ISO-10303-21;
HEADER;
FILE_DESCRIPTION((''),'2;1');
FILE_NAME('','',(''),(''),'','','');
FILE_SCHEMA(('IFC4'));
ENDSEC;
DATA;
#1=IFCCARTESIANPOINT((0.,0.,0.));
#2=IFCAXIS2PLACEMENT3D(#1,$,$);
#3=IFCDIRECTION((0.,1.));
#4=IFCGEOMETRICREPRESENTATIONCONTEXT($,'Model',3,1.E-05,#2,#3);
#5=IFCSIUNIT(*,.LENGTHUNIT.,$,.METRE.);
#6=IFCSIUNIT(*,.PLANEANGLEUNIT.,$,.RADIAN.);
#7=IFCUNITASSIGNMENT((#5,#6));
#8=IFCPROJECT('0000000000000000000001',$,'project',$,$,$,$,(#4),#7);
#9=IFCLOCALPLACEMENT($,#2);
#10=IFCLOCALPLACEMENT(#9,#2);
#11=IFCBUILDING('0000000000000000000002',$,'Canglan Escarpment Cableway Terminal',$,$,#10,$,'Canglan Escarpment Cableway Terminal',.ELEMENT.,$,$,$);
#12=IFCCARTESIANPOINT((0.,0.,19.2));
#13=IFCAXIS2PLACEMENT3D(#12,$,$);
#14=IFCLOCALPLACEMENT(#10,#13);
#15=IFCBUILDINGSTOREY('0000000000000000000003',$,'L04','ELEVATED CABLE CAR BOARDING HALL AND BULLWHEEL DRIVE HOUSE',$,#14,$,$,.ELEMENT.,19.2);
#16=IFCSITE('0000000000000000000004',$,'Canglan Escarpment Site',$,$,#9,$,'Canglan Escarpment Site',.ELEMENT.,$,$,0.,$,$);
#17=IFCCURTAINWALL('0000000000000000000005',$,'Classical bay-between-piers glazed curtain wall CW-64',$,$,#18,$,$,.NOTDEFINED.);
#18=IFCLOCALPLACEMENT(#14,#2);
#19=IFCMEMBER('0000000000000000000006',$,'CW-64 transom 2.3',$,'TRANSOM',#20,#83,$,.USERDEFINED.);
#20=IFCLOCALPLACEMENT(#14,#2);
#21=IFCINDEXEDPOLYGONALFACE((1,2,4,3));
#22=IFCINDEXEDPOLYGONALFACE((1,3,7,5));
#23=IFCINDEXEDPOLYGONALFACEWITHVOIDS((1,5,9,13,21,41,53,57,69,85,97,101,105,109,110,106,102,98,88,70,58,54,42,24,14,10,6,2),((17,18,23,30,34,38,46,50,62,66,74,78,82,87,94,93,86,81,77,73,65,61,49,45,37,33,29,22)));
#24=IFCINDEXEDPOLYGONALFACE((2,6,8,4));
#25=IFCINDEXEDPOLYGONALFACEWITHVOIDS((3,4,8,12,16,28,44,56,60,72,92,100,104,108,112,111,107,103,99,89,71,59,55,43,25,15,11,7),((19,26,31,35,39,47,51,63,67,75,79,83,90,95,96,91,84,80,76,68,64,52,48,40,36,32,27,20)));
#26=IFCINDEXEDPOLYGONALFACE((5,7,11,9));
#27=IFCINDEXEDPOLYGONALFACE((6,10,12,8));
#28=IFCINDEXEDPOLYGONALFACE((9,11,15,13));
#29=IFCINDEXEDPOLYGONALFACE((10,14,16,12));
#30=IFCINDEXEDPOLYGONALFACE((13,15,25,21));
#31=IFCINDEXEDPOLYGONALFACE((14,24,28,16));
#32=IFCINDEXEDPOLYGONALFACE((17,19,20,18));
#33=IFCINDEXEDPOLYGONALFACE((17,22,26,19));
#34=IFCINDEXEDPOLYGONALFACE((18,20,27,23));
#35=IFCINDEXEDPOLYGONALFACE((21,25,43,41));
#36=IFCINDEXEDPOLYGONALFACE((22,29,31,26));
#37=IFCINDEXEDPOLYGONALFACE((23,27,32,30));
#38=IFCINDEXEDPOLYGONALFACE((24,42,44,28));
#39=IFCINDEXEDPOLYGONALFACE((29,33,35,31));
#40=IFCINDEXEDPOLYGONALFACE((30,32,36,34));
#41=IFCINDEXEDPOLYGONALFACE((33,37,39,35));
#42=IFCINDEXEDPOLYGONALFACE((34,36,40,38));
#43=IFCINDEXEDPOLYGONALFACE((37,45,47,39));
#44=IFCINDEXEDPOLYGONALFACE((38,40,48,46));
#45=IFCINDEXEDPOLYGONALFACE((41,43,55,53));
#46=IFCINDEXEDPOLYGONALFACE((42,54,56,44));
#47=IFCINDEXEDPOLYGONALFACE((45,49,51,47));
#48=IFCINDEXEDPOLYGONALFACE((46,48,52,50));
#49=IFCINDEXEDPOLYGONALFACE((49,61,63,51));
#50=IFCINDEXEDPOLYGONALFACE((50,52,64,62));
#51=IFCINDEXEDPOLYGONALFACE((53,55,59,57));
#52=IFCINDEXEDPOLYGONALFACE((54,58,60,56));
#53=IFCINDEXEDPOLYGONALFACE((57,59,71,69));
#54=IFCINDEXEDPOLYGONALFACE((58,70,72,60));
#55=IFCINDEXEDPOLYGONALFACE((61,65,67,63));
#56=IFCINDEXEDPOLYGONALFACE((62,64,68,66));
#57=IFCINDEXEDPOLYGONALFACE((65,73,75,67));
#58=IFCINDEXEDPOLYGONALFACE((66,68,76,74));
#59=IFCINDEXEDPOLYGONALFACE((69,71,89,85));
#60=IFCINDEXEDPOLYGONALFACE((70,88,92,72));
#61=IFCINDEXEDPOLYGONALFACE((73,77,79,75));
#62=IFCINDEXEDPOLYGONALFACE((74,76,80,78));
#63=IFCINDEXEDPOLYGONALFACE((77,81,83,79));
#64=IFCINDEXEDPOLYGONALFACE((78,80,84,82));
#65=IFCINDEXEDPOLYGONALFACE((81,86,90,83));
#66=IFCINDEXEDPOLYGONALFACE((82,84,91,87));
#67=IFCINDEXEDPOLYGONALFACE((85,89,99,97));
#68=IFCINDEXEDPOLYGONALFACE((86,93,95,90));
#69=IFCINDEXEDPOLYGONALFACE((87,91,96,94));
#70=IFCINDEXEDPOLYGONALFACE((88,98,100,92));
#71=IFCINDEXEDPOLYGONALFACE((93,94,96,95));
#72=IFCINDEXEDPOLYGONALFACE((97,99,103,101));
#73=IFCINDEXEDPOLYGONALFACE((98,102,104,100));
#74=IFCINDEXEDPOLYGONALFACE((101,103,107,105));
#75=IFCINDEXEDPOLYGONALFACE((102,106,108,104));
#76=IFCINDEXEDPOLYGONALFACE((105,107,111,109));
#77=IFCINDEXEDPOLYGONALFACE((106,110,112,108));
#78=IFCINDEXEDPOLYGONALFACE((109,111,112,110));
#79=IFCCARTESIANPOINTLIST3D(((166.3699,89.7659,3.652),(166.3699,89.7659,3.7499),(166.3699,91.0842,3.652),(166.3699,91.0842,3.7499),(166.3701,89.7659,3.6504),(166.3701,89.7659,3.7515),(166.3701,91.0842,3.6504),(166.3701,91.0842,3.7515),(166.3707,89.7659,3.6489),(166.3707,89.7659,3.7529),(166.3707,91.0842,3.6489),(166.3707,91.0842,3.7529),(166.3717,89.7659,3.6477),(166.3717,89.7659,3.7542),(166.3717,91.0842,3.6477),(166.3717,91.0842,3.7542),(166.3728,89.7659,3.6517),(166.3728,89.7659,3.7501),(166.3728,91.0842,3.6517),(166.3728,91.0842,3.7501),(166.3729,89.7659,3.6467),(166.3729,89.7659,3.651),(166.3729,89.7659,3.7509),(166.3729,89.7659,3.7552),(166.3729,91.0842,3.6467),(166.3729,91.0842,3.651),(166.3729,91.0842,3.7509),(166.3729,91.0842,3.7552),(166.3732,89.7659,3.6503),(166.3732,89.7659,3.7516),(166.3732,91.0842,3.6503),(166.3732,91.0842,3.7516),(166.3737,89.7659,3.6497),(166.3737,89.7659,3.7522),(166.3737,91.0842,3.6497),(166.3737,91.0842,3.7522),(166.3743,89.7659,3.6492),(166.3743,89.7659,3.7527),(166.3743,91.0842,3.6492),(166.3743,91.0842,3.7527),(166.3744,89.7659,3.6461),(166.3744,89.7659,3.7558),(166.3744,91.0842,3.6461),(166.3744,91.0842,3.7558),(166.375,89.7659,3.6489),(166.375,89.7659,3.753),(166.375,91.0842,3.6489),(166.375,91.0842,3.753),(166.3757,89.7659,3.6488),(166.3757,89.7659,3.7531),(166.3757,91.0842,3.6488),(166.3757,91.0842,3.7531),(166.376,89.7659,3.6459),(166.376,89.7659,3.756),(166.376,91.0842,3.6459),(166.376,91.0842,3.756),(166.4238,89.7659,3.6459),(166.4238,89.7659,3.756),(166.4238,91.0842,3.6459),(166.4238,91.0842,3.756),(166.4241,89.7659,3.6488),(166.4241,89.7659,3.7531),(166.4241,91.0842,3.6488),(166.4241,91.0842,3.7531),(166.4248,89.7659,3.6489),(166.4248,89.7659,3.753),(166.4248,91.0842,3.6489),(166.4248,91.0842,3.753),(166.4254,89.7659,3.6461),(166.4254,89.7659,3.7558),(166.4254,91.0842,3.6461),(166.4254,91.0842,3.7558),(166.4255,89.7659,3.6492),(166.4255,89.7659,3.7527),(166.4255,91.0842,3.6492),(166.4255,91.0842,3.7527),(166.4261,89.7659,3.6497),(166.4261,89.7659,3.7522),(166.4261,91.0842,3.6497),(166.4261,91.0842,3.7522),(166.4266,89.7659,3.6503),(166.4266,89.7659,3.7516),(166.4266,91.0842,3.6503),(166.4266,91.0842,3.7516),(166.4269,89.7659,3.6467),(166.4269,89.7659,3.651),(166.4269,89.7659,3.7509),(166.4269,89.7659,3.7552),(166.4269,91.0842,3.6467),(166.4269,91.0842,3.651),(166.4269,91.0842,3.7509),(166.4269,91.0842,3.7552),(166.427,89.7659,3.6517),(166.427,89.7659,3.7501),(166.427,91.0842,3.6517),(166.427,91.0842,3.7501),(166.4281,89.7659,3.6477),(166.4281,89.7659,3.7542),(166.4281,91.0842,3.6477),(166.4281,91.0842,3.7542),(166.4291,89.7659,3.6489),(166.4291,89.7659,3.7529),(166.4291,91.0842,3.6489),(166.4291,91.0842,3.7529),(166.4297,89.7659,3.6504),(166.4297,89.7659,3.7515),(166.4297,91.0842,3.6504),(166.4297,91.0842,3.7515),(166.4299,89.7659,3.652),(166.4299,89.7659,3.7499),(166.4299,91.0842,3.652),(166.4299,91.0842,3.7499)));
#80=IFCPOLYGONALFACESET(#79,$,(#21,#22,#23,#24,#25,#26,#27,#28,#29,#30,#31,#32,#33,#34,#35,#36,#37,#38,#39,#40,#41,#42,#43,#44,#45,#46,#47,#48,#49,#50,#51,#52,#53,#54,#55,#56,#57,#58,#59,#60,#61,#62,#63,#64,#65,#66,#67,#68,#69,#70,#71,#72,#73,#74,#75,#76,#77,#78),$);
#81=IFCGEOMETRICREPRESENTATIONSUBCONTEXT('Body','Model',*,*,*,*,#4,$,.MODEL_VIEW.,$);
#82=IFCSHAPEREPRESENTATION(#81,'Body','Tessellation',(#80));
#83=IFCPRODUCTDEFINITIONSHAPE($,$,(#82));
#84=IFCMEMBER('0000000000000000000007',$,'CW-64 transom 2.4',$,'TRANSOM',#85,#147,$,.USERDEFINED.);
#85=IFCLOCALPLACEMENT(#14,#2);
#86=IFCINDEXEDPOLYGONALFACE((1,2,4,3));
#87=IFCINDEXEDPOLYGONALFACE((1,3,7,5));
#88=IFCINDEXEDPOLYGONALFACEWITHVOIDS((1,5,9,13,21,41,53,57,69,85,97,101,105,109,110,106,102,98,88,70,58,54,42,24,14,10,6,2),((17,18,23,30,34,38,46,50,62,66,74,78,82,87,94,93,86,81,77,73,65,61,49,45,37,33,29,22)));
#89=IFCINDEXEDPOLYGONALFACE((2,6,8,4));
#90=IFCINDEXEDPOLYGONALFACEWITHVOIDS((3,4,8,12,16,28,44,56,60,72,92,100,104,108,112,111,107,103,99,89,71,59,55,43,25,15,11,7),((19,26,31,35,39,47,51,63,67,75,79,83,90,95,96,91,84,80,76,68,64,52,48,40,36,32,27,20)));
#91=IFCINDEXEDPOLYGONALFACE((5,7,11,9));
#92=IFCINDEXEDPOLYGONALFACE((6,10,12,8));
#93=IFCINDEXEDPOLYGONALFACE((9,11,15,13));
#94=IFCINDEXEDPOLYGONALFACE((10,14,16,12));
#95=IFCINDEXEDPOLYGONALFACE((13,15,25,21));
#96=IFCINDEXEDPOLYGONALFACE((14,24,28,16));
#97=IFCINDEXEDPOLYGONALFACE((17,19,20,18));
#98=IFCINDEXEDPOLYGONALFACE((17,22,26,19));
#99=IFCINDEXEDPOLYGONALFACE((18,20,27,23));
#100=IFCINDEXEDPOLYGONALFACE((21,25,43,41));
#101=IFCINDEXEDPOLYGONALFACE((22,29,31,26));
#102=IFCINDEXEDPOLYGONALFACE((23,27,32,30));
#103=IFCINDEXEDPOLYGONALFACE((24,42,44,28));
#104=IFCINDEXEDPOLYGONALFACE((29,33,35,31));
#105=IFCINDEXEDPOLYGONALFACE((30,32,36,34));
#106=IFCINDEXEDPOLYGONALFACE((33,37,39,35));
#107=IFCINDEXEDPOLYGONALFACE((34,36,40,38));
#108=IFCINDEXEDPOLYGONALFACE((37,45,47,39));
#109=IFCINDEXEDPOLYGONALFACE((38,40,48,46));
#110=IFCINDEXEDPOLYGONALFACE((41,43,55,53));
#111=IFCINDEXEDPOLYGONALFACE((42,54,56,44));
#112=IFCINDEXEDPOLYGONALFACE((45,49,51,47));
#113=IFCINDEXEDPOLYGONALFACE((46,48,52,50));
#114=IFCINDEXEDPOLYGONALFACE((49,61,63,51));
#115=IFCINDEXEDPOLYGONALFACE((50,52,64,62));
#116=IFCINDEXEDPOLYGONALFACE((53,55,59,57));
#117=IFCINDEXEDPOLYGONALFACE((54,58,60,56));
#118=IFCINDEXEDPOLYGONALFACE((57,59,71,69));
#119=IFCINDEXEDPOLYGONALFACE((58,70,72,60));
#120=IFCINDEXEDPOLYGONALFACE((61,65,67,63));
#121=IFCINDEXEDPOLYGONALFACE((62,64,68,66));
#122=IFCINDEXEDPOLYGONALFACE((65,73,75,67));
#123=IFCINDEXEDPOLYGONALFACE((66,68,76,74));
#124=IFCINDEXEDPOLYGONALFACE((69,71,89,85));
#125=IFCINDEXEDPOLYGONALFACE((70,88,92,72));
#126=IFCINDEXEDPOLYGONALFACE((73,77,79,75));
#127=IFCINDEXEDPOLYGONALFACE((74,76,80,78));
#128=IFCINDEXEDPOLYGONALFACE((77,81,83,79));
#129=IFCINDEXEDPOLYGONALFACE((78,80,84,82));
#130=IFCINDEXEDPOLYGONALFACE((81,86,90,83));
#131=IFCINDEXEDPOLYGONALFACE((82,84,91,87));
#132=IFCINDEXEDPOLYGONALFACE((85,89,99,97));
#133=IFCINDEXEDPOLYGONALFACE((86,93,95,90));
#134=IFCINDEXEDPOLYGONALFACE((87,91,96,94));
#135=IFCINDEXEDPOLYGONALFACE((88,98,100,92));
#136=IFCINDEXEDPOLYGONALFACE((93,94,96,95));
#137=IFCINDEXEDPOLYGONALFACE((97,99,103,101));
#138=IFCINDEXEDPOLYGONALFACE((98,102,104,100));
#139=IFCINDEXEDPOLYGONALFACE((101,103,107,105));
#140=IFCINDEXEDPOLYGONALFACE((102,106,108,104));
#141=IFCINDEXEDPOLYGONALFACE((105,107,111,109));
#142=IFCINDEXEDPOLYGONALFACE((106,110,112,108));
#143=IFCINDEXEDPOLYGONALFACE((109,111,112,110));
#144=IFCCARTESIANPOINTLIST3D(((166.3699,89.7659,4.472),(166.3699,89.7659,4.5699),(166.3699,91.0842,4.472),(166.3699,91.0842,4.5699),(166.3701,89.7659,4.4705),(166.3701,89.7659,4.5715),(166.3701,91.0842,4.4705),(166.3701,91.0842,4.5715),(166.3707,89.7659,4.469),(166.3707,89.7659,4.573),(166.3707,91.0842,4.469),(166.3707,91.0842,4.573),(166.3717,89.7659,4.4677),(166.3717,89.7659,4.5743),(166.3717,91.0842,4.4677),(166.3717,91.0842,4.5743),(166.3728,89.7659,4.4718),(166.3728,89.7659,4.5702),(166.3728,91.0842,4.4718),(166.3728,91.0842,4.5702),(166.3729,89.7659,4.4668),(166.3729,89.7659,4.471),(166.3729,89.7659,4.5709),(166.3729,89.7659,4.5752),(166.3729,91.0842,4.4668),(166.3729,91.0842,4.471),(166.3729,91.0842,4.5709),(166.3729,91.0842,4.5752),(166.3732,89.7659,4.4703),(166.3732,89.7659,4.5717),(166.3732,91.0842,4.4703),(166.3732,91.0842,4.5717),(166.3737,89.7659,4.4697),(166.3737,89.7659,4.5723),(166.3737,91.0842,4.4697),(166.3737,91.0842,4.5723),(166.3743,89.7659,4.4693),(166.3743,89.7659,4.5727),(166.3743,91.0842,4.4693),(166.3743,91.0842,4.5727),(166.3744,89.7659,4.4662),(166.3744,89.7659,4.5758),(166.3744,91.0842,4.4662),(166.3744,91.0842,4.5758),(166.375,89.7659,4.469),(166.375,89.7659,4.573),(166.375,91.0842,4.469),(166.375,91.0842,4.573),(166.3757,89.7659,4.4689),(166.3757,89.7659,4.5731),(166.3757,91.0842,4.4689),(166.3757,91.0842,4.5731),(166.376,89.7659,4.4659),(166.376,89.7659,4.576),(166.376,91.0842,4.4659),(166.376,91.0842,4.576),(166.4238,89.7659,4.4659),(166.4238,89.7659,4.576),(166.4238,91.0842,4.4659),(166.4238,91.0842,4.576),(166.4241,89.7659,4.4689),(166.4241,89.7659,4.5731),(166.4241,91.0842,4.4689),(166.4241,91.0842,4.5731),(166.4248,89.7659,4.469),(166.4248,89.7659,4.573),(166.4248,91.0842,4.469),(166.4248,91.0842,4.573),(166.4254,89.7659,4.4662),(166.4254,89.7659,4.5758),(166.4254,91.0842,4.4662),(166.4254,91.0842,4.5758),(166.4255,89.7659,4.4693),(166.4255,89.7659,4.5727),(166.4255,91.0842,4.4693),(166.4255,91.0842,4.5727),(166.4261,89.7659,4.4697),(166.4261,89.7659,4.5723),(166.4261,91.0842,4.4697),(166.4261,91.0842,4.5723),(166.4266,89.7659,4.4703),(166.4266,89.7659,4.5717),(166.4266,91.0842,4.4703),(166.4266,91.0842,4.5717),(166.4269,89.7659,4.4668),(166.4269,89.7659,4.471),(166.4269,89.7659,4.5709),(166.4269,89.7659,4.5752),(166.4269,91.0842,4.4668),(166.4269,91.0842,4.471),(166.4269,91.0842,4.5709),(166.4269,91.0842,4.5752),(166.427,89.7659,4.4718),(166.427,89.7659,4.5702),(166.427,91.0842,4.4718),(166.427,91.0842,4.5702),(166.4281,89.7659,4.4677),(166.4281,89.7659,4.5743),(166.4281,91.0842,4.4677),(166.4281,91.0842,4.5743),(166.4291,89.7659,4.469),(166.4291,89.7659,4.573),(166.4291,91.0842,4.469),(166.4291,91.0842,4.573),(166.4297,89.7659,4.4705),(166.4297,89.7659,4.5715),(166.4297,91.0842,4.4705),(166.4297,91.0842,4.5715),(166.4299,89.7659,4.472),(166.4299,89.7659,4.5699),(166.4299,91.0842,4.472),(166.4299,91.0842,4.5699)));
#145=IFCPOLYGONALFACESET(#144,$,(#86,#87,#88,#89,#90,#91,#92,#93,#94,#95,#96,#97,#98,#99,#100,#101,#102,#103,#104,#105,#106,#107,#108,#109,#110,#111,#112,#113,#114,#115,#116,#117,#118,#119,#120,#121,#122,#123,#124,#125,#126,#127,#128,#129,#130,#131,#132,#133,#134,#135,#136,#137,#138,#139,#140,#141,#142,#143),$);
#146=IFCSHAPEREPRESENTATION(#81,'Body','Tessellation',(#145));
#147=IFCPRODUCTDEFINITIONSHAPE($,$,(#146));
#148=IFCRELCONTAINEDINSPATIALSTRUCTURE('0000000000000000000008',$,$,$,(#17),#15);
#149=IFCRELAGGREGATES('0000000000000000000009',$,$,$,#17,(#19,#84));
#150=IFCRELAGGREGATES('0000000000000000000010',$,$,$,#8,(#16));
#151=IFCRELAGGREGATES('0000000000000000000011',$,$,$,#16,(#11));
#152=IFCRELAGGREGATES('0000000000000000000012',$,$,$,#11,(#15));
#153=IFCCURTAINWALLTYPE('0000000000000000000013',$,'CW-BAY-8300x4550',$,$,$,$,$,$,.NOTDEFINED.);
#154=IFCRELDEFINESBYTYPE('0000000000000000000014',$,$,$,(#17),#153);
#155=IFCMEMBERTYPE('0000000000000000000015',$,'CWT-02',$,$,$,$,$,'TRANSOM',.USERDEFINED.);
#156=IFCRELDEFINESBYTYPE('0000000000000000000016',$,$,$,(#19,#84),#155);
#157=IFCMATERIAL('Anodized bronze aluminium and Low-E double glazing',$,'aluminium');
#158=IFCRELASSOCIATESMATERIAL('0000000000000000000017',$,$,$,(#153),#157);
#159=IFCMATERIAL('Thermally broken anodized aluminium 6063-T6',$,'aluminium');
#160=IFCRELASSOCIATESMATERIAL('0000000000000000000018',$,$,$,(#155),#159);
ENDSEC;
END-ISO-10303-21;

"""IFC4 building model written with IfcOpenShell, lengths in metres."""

from ifc_helpers import new_model, si_unit, direction, frame, origin, origin_2d, place, context, subcontext, project, spatial, hollow_rectangle, extrude, material, material_profile, profile_set, type_object, element, aggregate, save


model = new_model("IFC4")

# Units and contexts
model_context = context("Model", 3, precision=1e-05, world=origin(), true_north=direction((0.0, 1.0)))
body_context = subcontext(model_context, "Body", "Model", "MODEL_VIEW")
ifc_project = project(units=[si_unit("LENGTHUNIT", "METRE"), si_unit("PLANEANGLEUNIT", "RADIAN")], contexts=[model_context])

# Site, building, storey
site_placement = place(None, origin())
site = spatial("IfcSite", under=ifc_project, at=site_placement, Name="Canglan Escarpment Site", LongName="Canglan Escarpment Site", CompositionType="ELEMENT", RefElevation=0.0)
building_placement = place(site_placement, origin())
building = spatial("IfcBuilding", under=site, at=building_placement, Name="Canglan Escarpment Cableway Terminal", LongName="Canglan Escarpment Cableway Terminal", CompositionType="ELEMENT")
storey_placement = place(building_placement, frame((0.0, 0.0, 19.2)))
storey = spatial("IfcBuildingStorey", under=building, at=storey_placement, Name="L04", Description="ELEVATED CABLE CAR BOARDING HALL AND BULLWHEEL DRIVE HOUSE", CompositionType="ELEMENT", Elevation=19.2)

# Shared definitions
ifc_material_1 = material(Name="Anodized bronze aluminium and Low-E double glazing", Category="aluminium")
curtain_wall_type = type_object("IfcCurtainWallType", Name="CW-BAY-8300x4550", PredefinedType="NOTDEFINED", material=ifc_material_1)
ifc_material_2 = material(Name="Thermally broken anodized aluminium 6063-T6", Category="aluminium")

# Curtain wall, members
curtain_wall_1_placement = place(storey_placement, origin())
curtain_wall_1 = element("IfcCurtainWall", 1, at=curtain_wall_1_placement, inside=storey, type_object=curtain_wall_type, Name="Classical bay-between-piers glazed curtain wall CW-64", PredefinedType="NOTDEFINED")
ifc_material_profile_1 = material_profile(ifc_material_2, hollow_rectangle(XDim=0.0601, YDim=0.1101, WallThickness=0.0029, InnerFilletRadius=0.0029, OuterFilletRadius=0.0061, at=origin_2d()), Name="ALU-TRAN 60x110x3")
ifc_profile_set_1 = profile_set([ifc_material_profile_1], Name="Thermally broken anodized aluminium 6063-T6")
member_type_1 = type_object("IfcMemberType", Name="CWT-02", ElementType="TRANSOM", PredefinedType="USERDEFINED", material=ifc_profile_set_1)
member_1_placement = place(storey_placement, frame((166.3999, 89.7659, 3.7009), z_axis=(0.0, 1.0, 0.0), x_axis=(-1.0, 0.0, 0.0)))
member_1 = element("IfcMember", 2, at=member_1_placement, type_object=member_type_1, Name="CW-64 transom 2.3", ObjectType="TRANSOM", PredefinedType="USERDEFINED", context=body_context, shape_type="SweptSolid", body=[
    extrude(hollow_rectangle(XDim=0.0601, YDim=0.1101, WallThickness=0.0029, InnerFilletRadius=0.0029, OuterFilletRadius=0.0061, at=origin_2d()), origin(), (0.0, 0.0, 1.0), 1.3184),
])
member_2_placement = place(storey_placement, frame((166.3999, 89.7659, 4.521), z_axis=(0.0, 1.0, 0.0), x_axis=(-1.0, 0.0, 0.0)))
member_2 = element("IfcMember", 3, at=member_2_placement, type_object=member_type_1, Name="CW-64 transom 2.4", ObjectType="TRANSOM", PredefinedType="USERDEFINED", context=body_context, shape_type="SweptSolid", body=[
    extrude(hollow_rectangle(XDim=0.0601, YDim=0.1101, WallThickness=0.0029, InnerFilletRadius=0.0029, OuterFilletRadius=0.0061, at=origin_2d()), origin(), (0.0, 0.0, 1.0), 1.3184),
])
aggregate(curtain_wall_1, [member_1, member_2])

save(model, "model.ifc")
